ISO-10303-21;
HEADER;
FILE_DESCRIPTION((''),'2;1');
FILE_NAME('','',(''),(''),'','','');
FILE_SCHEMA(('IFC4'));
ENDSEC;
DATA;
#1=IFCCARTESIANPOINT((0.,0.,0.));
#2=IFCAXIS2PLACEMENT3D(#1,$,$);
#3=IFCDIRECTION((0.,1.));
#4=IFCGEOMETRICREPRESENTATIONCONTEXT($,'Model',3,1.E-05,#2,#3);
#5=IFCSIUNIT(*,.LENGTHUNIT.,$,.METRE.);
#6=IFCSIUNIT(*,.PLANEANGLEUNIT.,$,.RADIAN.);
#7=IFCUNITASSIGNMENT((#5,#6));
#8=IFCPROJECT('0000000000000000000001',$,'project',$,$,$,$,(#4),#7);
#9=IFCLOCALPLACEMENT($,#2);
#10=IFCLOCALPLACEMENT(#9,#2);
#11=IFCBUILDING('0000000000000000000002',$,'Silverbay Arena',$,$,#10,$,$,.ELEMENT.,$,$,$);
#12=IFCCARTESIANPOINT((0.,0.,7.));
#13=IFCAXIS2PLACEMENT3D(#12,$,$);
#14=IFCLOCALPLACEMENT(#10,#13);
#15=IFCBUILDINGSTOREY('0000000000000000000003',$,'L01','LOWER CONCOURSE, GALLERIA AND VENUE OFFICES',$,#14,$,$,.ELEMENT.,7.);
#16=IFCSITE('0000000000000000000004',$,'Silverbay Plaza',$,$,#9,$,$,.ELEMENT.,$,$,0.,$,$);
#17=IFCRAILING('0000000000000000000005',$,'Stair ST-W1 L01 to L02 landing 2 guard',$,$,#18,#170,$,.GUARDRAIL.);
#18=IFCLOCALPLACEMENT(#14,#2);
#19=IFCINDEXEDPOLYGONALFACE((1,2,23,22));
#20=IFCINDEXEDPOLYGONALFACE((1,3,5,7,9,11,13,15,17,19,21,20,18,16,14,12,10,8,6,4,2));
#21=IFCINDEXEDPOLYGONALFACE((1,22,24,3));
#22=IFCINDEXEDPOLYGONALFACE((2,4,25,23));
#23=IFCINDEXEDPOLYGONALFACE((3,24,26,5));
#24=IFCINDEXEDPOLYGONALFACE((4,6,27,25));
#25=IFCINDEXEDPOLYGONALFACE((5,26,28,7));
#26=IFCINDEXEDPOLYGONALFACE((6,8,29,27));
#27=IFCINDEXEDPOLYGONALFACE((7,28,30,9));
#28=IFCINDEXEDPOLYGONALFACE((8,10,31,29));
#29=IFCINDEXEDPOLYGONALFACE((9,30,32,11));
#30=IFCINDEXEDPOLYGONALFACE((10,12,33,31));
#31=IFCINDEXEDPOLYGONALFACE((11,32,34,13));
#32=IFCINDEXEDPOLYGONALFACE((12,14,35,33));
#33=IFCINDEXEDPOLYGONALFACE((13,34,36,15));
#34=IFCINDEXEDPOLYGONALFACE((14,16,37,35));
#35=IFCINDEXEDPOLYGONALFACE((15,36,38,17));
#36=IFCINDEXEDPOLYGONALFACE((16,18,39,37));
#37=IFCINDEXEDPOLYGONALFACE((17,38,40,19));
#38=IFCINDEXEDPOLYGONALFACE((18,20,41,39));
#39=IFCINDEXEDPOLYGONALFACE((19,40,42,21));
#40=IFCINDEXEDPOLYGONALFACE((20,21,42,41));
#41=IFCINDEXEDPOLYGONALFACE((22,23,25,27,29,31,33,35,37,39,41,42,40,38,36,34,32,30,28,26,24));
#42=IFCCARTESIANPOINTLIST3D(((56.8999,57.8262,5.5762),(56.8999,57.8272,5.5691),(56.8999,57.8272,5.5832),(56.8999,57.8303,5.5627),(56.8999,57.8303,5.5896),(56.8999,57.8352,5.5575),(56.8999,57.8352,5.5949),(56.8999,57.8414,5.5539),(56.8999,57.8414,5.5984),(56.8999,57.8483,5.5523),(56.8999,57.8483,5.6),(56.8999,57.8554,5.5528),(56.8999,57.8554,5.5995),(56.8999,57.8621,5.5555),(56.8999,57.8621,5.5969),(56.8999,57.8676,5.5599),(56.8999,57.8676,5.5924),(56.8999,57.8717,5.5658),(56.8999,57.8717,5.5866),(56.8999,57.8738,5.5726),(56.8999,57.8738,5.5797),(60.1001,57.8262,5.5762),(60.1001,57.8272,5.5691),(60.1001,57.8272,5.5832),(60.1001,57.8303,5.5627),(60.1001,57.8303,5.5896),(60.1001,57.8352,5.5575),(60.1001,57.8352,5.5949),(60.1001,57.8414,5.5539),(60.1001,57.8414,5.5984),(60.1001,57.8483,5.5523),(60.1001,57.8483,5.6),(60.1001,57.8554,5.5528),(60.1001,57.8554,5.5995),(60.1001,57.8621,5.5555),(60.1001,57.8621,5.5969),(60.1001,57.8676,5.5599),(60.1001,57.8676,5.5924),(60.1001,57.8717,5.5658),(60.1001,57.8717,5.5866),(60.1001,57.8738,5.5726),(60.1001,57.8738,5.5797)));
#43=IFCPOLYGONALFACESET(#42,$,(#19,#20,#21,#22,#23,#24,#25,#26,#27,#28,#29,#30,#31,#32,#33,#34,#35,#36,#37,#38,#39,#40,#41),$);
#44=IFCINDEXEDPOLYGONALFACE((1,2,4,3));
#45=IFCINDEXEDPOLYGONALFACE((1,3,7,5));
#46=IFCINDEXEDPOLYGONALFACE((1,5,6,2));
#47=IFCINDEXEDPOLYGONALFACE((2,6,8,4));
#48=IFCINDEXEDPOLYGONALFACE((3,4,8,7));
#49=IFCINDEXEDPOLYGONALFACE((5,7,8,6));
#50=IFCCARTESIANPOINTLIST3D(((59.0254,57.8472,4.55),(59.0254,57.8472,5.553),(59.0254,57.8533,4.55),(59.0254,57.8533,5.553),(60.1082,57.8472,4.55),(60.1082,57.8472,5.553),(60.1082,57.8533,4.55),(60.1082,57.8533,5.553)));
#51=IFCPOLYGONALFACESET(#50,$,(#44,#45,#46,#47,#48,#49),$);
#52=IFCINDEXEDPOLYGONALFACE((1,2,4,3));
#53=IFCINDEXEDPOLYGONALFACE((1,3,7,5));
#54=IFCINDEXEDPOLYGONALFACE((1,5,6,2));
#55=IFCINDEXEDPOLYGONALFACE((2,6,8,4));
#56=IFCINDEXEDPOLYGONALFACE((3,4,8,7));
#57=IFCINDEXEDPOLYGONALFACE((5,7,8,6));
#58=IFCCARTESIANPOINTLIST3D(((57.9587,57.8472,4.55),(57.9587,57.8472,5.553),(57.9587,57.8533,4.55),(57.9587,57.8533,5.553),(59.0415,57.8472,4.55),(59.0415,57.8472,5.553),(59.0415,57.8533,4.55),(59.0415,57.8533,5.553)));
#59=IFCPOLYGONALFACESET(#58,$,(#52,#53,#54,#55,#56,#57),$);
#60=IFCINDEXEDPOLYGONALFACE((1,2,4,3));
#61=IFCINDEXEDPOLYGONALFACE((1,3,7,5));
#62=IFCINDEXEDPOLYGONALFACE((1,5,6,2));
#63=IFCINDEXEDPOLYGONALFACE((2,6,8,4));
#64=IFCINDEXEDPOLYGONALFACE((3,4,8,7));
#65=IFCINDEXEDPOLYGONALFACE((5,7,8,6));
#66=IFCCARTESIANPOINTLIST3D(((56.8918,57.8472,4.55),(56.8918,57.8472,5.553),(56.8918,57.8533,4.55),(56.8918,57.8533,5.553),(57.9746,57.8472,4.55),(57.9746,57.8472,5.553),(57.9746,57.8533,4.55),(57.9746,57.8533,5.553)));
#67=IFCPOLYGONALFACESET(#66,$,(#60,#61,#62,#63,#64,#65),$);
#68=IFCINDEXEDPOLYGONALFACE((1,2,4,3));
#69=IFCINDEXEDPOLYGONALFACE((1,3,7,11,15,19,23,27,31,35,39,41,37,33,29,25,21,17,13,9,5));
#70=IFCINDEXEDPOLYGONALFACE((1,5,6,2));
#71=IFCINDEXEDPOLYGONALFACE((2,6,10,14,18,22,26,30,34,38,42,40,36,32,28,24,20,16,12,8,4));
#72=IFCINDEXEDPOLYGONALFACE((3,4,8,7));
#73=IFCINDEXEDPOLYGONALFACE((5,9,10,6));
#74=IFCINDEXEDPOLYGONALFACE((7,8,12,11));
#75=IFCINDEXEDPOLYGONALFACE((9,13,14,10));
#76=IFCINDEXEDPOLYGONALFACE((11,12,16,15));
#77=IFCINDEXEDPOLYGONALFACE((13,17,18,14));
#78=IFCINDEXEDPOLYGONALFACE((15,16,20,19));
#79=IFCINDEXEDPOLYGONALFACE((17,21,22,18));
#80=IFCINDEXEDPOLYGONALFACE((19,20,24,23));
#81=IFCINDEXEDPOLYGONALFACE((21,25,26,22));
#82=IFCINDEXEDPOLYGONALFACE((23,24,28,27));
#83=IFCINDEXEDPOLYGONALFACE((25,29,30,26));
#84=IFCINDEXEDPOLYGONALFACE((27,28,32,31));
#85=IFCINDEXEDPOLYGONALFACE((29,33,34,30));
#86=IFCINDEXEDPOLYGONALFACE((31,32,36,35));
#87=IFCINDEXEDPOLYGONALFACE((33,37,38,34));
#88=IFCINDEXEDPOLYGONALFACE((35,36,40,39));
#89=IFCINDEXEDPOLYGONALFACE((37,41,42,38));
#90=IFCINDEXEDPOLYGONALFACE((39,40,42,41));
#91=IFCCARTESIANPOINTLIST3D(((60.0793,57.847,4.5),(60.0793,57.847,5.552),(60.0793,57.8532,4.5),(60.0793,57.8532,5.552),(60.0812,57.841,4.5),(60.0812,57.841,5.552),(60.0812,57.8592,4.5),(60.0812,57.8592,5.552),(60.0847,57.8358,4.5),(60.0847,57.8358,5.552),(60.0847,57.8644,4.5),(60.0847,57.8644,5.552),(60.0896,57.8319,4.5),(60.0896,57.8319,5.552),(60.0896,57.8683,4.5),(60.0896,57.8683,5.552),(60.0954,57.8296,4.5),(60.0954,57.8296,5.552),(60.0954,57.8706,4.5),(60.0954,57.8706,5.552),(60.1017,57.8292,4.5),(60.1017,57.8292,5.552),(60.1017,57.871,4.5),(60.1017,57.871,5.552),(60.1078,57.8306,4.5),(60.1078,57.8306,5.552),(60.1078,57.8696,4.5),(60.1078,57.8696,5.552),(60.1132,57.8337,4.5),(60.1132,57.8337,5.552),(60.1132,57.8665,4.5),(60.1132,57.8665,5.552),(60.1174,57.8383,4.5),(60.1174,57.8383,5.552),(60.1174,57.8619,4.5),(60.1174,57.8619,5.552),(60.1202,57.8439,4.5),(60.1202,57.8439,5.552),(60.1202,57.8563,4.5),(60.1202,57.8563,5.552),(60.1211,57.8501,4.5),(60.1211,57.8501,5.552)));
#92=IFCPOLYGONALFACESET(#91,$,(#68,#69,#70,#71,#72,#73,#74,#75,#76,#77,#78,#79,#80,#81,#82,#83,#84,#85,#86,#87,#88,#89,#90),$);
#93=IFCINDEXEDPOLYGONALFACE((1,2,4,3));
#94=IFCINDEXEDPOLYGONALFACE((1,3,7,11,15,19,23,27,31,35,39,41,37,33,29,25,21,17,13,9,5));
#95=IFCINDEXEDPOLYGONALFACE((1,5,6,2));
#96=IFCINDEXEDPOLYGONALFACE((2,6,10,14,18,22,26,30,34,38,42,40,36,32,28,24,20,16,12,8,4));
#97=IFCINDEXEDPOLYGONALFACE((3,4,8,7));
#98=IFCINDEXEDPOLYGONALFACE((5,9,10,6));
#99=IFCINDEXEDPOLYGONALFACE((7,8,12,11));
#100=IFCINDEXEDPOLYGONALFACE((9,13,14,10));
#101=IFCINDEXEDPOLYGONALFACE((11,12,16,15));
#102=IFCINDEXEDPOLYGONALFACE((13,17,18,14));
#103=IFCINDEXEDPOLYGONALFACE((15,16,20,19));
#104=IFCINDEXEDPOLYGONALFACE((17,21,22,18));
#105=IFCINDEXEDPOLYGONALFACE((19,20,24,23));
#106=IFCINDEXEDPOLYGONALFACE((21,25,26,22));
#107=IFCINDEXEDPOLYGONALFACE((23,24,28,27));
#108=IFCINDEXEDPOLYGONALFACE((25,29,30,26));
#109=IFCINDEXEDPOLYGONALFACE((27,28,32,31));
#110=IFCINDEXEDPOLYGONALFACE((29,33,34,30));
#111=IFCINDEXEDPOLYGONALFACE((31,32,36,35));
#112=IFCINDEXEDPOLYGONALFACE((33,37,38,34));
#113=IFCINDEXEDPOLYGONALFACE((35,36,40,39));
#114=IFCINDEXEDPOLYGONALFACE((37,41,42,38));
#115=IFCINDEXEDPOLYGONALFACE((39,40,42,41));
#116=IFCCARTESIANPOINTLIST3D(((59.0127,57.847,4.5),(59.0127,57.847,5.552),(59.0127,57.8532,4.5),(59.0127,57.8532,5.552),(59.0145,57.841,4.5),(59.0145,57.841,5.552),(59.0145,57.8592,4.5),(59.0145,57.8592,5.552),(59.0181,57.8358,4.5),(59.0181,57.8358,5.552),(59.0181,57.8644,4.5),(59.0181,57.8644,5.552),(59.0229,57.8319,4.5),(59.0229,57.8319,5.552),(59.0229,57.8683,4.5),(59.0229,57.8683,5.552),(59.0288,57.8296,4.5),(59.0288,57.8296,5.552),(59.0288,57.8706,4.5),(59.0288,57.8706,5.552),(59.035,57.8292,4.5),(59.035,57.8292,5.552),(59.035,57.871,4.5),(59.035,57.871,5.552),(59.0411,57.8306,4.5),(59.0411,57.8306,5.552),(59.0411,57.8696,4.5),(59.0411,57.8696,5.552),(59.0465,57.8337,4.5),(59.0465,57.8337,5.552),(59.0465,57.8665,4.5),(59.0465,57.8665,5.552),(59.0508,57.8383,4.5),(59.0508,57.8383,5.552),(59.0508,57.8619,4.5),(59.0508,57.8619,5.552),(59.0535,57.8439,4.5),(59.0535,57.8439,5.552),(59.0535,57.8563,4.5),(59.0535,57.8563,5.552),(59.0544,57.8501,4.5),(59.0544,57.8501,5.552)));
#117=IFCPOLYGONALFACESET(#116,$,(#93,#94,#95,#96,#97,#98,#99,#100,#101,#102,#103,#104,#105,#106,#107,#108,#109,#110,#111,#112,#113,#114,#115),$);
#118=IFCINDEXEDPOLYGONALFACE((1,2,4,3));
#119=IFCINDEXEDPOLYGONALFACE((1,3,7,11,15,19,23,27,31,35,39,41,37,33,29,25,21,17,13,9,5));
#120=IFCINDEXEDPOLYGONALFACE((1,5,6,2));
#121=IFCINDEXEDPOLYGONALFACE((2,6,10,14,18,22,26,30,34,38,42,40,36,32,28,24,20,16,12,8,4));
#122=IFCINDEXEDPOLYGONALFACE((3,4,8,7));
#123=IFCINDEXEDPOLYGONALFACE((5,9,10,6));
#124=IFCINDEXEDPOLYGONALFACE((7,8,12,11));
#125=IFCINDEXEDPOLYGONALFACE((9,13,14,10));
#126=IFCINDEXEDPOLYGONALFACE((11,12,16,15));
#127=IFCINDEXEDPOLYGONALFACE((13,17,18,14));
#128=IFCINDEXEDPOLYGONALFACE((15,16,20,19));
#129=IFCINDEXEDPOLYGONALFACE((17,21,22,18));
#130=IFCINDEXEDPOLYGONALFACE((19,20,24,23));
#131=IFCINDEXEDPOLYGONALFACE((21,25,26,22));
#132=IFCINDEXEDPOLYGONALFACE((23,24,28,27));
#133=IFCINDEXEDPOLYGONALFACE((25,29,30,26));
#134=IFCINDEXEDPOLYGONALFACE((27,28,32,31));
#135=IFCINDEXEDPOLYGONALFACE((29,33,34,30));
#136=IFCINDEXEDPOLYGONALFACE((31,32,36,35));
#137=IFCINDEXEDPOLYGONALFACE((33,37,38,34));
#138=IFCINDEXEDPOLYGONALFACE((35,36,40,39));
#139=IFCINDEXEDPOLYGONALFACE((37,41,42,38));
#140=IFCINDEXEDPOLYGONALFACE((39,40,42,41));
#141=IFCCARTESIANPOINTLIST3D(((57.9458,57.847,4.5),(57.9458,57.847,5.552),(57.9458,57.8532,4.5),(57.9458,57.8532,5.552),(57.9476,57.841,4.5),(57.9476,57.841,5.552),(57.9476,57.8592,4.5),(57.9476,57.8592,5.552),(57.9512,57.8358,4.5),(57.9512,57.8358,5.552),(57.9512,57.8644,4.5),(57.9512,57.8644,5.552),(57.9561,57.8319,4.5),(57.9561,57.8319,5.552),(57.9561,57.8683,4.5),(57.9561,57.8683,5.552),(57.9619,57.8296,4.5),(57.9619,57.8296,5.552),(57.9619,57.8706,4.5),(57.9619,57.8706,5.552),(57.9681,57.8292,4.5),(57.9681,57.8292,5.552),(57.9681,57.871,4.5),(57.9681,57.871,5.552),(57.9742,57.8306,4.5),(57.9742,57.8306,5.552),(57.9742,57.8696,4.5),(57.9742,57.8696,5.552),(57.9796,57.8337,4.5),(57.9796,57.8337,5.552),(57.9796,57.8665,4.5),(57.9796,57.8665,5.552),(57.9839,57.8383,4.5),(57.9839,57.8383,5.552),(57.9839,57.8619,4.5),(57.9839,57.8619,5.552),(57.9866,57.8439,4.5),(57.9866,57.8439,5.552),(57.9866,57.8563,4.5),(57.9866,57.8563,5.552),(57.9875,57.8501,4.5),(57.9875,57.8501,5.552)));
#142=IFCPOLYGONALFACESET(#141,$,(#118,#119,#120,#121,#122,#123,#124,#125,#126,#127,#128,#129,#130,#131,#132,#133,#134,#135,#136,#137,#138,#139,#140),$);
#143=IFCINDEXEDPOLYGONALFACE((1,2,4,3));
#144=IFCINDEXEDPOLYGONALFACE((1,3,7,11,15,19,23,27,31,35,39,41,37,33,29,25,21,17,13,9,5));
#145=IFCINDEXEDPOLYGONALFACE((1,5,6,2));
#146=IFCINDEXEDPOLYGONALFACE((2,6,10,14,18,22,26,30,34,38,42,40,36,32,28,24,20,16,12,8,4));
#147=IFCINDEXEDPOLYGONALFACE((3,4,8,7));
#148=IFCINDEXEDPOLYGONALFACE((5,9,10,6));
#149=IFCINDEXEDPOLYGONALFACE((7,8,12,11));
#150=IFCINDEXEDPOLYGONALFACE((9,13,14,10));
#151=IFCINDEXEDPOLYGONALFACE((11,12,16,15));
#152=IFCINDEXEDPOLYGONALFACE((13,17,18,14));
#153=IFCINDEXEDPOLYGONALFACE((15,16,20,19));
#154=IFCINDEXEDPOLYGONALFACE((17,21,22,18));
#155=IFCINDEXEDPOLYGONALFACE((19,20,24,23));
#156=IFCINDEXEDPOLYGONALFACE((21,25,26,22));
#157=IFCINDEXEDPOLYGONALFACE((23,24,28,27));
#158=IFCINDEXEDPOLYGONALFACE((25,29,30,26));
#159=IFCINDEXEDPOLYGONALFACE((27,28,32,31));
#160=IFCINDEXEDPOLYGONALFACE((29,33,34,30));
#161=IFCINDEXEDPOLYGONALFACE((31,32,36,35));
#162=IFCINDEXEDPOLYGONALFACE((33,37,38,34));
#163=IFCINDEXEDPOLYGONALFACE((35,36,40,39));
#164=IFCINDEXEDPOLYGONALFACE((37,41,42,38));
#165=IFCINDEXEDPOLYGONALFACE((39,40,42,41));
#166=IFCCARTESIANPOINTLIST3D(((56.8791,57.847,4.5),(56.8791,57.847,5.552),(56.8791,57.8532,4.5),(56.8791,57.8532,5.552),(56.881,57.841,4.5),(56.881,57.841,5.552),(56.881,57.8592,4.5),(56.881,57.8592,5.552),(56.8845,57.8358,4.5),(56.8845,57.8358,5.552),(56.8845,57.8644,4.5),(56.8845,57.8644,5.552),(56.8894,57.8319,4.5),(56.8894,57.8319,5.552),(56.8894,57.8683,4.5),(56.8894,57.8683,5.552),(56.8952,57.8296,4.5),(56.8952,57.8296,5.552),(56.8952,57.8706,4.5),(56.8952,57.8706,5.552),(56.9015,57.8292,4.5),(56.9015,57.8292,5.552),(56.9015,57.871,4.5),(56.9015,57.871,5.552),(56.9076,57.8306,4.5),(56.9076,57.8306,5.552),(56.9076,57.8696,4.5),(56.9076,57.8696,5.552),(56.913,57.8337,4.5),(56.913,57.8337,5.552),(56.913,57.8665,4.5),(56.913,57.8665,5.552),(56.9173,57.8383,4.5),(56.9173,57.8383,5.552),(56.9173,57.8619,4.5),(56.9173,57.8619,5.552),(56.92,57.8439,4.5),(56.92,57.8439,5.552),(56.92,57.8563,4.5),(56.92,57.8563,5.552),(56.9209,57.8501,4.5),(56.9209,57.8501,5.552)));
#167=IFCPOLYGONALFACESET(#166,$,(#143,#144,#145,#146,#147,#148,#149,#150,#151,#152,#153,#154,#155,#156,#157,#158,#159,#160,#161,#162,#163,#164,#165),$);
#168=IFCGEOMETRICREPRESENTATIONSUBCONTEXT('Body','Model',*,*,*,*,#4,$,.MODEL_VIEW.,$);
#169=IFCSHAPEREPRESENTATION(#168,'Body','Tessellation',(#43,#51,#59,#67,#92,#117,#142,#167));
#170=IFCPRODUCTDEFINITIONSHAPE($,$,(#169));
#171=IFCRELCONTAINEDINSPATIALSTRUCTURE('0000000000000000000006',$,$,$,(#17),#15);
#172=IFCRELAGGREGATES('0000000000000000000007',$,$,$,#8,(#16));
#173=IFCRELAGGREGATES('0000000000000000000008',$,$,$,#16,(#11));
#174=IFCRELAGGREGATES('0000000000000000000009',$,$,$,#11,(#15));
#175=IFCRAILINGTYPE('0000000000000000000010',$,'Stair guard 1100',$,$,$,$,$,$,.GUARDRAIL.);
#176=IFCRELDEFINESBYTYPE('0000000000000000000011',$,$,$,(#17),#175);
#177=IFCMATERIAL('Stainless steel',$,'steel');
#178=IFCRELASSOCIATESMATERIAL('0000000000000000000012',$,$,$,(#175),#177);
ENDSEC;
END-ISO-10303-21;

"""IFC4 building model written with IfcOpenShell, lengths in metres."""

from ifc_helpers import new_model, si_unit, direction, frame, origin, origin_2d, place, context, subcontext, project, spatial, polyline, circle, outline, extrude, material, type_object, element, save


model = new_model("IFC4")

# Units and contexts
model_context = context("Model", 3, precision=1e-05, world=origin(), true_north=direction((0.0, 1.0)))
body_context = subcontext(model_context, "Body", "Model", "MODEL_VIEW")
ifc_project = project(units=[si_unit("LENGTHUNIT", "METRE"), si_unit("PLANEANGLEUNIT", "RADIAN")], contexts=[model_context])

# Site, building, storey
site_placement = place(None, origin())
site = spatial("IfcSite", under=ifc_project, at=site_placement, Name="Silverbay Plaza", CompositionType="ELEMENT", RefElevation=0.0)
building_placement = place(site_placement, origin())
building = spatial("IfcBuilding", under=site, at=building_placement, Name="Silverbay Arena", CompositionType="ELEMENT")
storey_placement = place(building_placement, frame((0.0, 0.0, 7.0)))
storey = spatial("IfcBuildingStorey", under=building, at=storey_placement, Name="L01", Description="LOWER CONCOURSE, GALLERIA AND VENUE OFFICES", CompositionType="ELEMENT", Elevation=7.0)

# Railing
ifc_material_1 = material(Name="Stainless steel", Category="steel")
railing_type_1 = type_object("IfcRailingType", Name="Stair guard 1100", PredefinedType="GUARDRAIL", material=ifc_material_1)
for number, where, name in (
    (1, (60.1001, 57.8501, 4.5), "Stair ST-W1 L01 to L02 landing 2 guard"),
):
    element("IfcRailing", number, at=place(storey_placement, frame(where)), inside=storey, type_object=railing_type_1, Name=name, PredefinedType="GUARDRAIL", context=body_context, shape_type="SweptSolid", body=[
        extrude(circle(Radius=0.0239, at=origin_2d()), frame((0.0, 0.0, 1.0762), z_axis=(-1.0, 0.0, 0.0), x_axis=(0.0, -1.0, 0.0)), (0.0, 0.0, 1.0), 3.2002),
        extrude(outline(polyline([(-0.0081, 0.05), (1.0747, 0.05), (1.0747, 1.053), (-0.0081, 1.053), (-0.0081, 0.05)])), frame((0.0, -0.0029, 0.0), z_axis=(0.0, 1.0, 0.0), x_axis=(-1.0, 0.0, 0.0)), (0.0, 0.0, 1.0), 0.0061),
        extrude(outline(polyline([(-0.0081, 0.05), (1.0747, 0.05), (1.0747, 1.053), (-0.0081, 1.053), (-0.0081, 0.05)])), frame((-1.0667, -0.0029, 0.0), z_axis=(0.0, 1.0, 0.0), x_axis=(-1.0, 0.0, 0.0)), (0.0, 0.0, 1.0), 0.0061),
        extrude(outline(polyline([(-0.0081, 0.05), (1.0747, 0.05), (1.0747, 1.053), (-0.0081, 1.053), (-0.0081, 0.05)])), frame((-2.1335, -0.0029, 0.0), z_axis=(0.0, 1.0, 0.0), x_axis=(-1.0, 0.0, 0.0)), (0.0, 0.0, 1.0), 0.0061),
        extrude(circle(Radius=0.021, at=origin_2d()), origin(), (0.0, 0.0, 1.0), 1.052),
        extrude(circle(Radius=0.021, at=origin_2d()), frame((-1.0667, 0.0, 0.0)), (0.0, 0.0, 1.0), 1.052),
        extrude(circle(Radius=0.021, at=origin_2d()), frame((-2.1335, 0.0, 0.0)), (0.0, 0.0, 1.0), 1.052),
        extrude(circle(Radius=0.021, at=origin_2d()), frame((-3.2002, 0.0, 0.0)), (0.0, 0.0, 1.0), 1.052),
    ])

save(model, "model.ifc")
